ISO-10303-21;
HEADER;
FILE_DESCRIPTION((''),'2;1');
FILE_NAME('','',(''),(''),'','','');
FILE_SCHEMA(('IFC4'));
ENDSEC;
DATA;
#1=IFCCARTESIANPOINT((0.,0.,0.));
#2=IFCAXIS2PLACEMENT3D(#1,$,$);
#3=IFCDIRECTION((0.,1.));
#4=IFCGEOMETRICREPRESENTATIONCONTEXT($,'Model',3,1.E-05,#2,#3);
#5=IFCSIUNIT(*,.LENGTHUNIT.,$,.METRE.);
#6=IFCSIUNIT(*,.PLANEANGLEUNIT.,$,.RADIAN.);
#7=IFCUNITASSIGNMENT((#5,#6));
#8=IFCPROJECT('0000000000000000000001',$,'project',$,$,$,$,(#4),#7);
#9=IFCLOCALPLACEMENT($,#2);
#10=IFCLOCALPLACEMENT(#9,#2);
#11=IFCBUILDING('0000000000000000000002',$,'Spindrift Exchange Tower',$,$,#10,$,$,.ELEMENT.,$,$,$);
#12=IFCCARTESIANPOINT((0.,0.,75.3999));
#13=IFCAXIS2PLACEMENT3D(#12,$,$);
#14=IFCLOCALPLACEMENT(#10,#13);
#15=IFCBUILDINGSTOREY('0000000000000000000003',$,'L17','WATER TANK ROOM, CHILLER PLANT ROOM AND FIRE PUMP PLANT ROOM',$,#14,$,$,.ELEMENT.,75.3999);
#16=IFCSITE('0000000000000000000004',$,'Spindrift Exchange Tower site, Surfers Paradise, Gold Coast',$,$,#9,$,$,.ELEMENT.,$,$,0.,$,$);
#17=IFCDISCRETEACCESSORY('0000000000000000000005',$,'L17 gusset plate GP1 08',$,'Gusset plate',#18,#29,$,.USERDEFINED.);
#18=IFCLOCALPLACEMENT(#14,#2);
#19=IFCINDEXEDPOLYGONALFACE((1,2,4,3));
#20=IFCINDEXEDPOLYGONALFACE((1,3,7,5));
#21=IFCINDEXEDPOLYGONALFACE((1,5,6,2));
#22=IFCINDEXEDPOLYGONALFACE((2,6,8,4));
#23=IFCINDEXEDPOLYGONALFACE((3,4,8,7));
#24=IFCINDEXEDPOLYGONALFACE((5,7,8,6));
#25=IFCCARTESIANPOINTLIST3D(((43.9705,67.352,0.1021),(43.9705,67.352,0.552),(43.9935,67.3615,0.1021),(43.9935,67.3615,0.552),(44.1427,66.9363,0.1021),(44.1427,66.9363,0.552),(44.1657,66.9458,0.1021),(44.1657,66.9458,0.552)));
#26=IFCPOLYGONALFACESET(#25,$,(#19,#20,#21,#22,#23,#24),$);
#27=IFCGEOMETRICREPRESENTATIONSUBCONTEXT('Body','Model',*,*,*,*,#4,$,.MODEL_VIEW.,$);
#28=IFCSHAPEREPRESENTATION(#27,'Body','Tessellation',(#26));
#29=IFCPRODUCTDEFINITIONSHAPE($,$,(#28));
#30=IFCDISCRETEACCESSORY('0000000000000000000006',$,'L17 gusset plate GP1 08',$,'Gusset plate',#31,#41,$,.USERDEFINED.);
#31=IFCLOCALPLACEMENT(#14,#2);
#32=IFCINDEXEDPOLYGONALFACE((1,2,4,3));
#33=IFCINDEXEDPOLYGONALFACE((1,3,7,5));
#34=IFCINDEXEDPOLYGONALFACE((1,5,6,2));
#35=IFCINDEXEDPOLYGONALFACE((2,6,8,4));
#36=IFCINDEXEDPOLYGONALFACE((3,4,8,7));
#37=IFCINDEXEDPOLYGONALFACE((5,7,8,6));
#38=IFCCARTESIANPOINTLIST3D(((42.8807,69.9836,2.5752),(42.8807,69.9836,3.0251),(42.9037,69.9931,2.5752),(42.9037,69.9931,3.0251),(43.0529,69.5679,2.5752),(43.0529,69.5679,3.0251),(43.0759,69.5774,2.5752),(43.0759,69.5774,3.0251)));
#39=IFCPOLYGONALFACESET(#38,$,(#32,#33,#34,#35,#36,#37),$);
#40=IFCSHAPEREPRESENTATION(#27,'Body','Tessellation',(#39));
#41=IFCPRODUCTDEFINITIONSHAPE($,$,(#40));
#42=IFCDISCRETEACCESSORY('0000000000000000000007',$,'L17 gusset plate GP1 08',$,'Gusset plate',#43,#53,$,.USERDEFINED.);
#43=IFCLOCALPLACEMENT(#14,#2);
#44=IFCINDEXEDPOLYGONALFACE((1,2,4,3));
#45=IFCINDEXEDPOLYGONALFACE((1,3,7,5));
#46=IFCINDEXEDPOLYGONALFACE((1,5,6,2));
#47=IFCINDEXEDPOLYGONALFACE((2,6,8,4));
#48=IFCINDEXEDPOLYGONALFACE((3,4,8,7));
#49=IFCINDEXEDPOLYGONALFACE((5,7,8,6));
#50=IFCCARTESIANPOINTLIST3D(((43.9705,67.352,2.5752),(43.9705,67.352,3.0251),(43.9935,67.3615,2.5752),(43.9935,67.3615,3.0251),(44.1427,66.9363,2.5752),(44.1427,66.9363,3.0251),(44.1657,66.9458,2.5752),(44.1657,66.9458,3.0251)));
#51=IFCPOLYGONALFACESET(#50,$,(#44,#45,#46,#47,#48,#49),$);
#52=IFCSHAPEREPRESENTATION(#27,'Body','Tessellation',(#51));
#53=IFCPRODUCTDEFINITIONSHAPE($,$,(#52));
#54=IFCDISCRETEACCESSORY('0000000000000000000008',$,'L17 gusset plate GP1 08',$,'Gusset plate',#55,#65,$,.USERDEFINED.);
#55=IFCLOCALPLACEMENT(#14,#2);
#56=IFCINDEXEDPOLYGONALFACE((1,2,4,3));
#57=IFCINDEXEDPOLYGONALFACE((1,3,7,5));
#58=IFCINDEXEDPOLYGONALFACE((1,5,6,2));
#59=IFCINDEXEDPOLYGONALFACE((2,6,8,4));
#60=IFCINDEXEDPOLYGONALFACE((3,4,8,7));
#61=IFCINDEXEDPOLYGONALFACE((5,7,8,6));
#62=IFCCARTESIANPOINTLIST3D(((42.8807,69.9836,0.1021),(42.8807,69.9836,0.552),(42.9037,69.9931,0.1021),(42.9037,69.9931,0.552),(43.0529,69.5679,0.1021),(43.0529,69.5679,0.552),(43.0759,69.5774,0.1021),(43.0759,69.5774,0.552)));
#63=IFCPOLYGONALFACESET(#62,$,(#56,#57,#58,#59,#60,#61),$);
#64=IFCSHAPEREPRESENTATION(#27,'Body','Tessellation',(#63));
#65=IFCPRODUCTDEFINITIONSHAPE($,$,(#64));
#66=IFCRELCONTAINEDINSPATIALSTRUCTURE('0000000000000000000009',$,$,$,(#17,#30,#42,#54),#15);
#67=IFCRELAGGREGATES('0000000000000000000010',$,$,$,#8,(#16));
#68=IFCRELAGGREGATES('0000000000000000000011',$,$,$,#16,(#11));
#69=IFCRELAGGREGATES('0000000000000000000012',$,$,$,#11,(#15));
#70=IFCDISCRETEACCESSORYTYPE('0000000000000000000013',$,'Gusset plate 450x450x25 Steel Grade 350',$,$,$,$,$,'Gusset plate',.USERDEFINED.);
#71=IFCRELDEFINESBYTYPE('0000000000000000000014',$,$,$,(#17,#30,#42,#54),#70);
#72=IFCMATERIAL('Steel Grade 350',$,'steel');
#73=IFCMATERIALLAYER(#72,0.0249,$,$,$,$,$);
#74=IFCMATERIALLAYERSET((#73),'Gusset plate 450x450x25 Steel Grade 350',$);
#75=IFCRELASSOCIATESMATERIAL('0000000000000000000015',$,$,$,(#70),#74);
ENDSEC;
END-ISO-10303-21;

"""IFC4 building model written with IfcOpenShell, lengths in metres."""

from ifc_helpers import new_model, si_unit, direction, frame, origin, origin_2d, place, context, subcontext, project, spatial, rectangle, extrude, source, transform, mapped, material, layer, layer_set, type_object, element, save


model = new_model("IFC4")

# Units and contexts
model_context = context("Model", 3, precision=1e-05, world=origin(), true_north=direction((0.0, 1.0)))
body_context = subcontext(model_context, "Body", "Model", "MODEL_VIEW")
ifc_project = project(units=[si_unit("LENGTHUNIT", "METRE"), si_unit("PLANEANGLEUNIT", "RADIAN")], contexts=[model_context])

# Site, building, storey
site_placement = place(None, origin())
site = spatial("IfcSite", under=ifc_project, at=site_placement, Name="Spindrift Exchange Tower site, Surfers Paradise, Gold Coast", CompositionType="ELEMENT", RefElevation=0.0)
building_placement = place(site_placement, origin())
building = spatial("IfcBuilding", under=site, at=building_placement, Name="Spindrift Exchange Tower", CompositionType="ELEMENT")
storey_placement = place(building_placement, frame((0.0, 0.0, 75.3999)))
storey = spatial("IfcBuildingStorey", under=building, at=storey_placement, Name="L17", Description="WATER TANK ROOM, CHILLER PLANT ROOM AND FIRE PUMP PLANT ROOM", CompositionType="ELEMENT", Elevation=75.3999)

# Discrete accessories
ifc_material_1 = material(Name="Steel Grade 350", Category="steel")
ifc_layer_1 = layer(ifc_material_1, 0.0249)
ifc_layer_set_1 = layer_set([ifc_layer_1], Name="Gusset plate 450x450x25 Steel Grade 350")
discrete_accessory_type = type_object("IfcDiscreteAccessoryType", Name="Gusset plate 450x450x25 Steel Grade 350", ElementType="Gusset plate", PredefinedType="USERDEFINED", material=ifc_layer_set_1)
shared_shape_1 = source(origin(), body_context, "Body", "SweptSolid", [
    extrude(rectangle(XDim=0.45, YDim=0.0249, at=origin_2d()), origin(), (0.0, 0.0, 1.0), 0.45),
])
for number, where, z_axis, x_axis, name in (
    (1, (44.0681, 67.1489, 0.1021), (0.0, 0.0, 1.0), (-0.382682, 0.92388, 0.0), "L17 gusset plate GP1 08"),
    (2, (42.9783, 69.7805, 2.5752), (0.0, 0.0, 1.0), (-0.382682, 0.92388, 0.0), "L17 gusset plate GP1 08"),
    (3, (44.0681, 67.1489, 2.5752), (0.0, 0.0, 1.0), (-0.382683, 0.92388, 0.0), "L17 gusset plate GP1 08"),
    (4, (42.9783, 69.7805, 0.1021), (0.0, 0.0, 1.0), (-0.382683, 0.92388, 0.0), "L17 gusset plate GP1 08"),
):
    element("IfcDiscreteAccessory", number, at=place(storey_placement, frame(where, z_axis=z_axis, x_axis=x_axis)), inside=storey, type_object=discrete_accessory_type, Name=name, ObjectType="Gusset plate", PredefinedType="USERDEFINED", context=body_context, shape_type="MappedRepresentation", body=[
        mapped(shared_shape_1, transform((0.0, 0.0, 0.0), scale=1.0)),
    ])

save(model, "model.ifc")
